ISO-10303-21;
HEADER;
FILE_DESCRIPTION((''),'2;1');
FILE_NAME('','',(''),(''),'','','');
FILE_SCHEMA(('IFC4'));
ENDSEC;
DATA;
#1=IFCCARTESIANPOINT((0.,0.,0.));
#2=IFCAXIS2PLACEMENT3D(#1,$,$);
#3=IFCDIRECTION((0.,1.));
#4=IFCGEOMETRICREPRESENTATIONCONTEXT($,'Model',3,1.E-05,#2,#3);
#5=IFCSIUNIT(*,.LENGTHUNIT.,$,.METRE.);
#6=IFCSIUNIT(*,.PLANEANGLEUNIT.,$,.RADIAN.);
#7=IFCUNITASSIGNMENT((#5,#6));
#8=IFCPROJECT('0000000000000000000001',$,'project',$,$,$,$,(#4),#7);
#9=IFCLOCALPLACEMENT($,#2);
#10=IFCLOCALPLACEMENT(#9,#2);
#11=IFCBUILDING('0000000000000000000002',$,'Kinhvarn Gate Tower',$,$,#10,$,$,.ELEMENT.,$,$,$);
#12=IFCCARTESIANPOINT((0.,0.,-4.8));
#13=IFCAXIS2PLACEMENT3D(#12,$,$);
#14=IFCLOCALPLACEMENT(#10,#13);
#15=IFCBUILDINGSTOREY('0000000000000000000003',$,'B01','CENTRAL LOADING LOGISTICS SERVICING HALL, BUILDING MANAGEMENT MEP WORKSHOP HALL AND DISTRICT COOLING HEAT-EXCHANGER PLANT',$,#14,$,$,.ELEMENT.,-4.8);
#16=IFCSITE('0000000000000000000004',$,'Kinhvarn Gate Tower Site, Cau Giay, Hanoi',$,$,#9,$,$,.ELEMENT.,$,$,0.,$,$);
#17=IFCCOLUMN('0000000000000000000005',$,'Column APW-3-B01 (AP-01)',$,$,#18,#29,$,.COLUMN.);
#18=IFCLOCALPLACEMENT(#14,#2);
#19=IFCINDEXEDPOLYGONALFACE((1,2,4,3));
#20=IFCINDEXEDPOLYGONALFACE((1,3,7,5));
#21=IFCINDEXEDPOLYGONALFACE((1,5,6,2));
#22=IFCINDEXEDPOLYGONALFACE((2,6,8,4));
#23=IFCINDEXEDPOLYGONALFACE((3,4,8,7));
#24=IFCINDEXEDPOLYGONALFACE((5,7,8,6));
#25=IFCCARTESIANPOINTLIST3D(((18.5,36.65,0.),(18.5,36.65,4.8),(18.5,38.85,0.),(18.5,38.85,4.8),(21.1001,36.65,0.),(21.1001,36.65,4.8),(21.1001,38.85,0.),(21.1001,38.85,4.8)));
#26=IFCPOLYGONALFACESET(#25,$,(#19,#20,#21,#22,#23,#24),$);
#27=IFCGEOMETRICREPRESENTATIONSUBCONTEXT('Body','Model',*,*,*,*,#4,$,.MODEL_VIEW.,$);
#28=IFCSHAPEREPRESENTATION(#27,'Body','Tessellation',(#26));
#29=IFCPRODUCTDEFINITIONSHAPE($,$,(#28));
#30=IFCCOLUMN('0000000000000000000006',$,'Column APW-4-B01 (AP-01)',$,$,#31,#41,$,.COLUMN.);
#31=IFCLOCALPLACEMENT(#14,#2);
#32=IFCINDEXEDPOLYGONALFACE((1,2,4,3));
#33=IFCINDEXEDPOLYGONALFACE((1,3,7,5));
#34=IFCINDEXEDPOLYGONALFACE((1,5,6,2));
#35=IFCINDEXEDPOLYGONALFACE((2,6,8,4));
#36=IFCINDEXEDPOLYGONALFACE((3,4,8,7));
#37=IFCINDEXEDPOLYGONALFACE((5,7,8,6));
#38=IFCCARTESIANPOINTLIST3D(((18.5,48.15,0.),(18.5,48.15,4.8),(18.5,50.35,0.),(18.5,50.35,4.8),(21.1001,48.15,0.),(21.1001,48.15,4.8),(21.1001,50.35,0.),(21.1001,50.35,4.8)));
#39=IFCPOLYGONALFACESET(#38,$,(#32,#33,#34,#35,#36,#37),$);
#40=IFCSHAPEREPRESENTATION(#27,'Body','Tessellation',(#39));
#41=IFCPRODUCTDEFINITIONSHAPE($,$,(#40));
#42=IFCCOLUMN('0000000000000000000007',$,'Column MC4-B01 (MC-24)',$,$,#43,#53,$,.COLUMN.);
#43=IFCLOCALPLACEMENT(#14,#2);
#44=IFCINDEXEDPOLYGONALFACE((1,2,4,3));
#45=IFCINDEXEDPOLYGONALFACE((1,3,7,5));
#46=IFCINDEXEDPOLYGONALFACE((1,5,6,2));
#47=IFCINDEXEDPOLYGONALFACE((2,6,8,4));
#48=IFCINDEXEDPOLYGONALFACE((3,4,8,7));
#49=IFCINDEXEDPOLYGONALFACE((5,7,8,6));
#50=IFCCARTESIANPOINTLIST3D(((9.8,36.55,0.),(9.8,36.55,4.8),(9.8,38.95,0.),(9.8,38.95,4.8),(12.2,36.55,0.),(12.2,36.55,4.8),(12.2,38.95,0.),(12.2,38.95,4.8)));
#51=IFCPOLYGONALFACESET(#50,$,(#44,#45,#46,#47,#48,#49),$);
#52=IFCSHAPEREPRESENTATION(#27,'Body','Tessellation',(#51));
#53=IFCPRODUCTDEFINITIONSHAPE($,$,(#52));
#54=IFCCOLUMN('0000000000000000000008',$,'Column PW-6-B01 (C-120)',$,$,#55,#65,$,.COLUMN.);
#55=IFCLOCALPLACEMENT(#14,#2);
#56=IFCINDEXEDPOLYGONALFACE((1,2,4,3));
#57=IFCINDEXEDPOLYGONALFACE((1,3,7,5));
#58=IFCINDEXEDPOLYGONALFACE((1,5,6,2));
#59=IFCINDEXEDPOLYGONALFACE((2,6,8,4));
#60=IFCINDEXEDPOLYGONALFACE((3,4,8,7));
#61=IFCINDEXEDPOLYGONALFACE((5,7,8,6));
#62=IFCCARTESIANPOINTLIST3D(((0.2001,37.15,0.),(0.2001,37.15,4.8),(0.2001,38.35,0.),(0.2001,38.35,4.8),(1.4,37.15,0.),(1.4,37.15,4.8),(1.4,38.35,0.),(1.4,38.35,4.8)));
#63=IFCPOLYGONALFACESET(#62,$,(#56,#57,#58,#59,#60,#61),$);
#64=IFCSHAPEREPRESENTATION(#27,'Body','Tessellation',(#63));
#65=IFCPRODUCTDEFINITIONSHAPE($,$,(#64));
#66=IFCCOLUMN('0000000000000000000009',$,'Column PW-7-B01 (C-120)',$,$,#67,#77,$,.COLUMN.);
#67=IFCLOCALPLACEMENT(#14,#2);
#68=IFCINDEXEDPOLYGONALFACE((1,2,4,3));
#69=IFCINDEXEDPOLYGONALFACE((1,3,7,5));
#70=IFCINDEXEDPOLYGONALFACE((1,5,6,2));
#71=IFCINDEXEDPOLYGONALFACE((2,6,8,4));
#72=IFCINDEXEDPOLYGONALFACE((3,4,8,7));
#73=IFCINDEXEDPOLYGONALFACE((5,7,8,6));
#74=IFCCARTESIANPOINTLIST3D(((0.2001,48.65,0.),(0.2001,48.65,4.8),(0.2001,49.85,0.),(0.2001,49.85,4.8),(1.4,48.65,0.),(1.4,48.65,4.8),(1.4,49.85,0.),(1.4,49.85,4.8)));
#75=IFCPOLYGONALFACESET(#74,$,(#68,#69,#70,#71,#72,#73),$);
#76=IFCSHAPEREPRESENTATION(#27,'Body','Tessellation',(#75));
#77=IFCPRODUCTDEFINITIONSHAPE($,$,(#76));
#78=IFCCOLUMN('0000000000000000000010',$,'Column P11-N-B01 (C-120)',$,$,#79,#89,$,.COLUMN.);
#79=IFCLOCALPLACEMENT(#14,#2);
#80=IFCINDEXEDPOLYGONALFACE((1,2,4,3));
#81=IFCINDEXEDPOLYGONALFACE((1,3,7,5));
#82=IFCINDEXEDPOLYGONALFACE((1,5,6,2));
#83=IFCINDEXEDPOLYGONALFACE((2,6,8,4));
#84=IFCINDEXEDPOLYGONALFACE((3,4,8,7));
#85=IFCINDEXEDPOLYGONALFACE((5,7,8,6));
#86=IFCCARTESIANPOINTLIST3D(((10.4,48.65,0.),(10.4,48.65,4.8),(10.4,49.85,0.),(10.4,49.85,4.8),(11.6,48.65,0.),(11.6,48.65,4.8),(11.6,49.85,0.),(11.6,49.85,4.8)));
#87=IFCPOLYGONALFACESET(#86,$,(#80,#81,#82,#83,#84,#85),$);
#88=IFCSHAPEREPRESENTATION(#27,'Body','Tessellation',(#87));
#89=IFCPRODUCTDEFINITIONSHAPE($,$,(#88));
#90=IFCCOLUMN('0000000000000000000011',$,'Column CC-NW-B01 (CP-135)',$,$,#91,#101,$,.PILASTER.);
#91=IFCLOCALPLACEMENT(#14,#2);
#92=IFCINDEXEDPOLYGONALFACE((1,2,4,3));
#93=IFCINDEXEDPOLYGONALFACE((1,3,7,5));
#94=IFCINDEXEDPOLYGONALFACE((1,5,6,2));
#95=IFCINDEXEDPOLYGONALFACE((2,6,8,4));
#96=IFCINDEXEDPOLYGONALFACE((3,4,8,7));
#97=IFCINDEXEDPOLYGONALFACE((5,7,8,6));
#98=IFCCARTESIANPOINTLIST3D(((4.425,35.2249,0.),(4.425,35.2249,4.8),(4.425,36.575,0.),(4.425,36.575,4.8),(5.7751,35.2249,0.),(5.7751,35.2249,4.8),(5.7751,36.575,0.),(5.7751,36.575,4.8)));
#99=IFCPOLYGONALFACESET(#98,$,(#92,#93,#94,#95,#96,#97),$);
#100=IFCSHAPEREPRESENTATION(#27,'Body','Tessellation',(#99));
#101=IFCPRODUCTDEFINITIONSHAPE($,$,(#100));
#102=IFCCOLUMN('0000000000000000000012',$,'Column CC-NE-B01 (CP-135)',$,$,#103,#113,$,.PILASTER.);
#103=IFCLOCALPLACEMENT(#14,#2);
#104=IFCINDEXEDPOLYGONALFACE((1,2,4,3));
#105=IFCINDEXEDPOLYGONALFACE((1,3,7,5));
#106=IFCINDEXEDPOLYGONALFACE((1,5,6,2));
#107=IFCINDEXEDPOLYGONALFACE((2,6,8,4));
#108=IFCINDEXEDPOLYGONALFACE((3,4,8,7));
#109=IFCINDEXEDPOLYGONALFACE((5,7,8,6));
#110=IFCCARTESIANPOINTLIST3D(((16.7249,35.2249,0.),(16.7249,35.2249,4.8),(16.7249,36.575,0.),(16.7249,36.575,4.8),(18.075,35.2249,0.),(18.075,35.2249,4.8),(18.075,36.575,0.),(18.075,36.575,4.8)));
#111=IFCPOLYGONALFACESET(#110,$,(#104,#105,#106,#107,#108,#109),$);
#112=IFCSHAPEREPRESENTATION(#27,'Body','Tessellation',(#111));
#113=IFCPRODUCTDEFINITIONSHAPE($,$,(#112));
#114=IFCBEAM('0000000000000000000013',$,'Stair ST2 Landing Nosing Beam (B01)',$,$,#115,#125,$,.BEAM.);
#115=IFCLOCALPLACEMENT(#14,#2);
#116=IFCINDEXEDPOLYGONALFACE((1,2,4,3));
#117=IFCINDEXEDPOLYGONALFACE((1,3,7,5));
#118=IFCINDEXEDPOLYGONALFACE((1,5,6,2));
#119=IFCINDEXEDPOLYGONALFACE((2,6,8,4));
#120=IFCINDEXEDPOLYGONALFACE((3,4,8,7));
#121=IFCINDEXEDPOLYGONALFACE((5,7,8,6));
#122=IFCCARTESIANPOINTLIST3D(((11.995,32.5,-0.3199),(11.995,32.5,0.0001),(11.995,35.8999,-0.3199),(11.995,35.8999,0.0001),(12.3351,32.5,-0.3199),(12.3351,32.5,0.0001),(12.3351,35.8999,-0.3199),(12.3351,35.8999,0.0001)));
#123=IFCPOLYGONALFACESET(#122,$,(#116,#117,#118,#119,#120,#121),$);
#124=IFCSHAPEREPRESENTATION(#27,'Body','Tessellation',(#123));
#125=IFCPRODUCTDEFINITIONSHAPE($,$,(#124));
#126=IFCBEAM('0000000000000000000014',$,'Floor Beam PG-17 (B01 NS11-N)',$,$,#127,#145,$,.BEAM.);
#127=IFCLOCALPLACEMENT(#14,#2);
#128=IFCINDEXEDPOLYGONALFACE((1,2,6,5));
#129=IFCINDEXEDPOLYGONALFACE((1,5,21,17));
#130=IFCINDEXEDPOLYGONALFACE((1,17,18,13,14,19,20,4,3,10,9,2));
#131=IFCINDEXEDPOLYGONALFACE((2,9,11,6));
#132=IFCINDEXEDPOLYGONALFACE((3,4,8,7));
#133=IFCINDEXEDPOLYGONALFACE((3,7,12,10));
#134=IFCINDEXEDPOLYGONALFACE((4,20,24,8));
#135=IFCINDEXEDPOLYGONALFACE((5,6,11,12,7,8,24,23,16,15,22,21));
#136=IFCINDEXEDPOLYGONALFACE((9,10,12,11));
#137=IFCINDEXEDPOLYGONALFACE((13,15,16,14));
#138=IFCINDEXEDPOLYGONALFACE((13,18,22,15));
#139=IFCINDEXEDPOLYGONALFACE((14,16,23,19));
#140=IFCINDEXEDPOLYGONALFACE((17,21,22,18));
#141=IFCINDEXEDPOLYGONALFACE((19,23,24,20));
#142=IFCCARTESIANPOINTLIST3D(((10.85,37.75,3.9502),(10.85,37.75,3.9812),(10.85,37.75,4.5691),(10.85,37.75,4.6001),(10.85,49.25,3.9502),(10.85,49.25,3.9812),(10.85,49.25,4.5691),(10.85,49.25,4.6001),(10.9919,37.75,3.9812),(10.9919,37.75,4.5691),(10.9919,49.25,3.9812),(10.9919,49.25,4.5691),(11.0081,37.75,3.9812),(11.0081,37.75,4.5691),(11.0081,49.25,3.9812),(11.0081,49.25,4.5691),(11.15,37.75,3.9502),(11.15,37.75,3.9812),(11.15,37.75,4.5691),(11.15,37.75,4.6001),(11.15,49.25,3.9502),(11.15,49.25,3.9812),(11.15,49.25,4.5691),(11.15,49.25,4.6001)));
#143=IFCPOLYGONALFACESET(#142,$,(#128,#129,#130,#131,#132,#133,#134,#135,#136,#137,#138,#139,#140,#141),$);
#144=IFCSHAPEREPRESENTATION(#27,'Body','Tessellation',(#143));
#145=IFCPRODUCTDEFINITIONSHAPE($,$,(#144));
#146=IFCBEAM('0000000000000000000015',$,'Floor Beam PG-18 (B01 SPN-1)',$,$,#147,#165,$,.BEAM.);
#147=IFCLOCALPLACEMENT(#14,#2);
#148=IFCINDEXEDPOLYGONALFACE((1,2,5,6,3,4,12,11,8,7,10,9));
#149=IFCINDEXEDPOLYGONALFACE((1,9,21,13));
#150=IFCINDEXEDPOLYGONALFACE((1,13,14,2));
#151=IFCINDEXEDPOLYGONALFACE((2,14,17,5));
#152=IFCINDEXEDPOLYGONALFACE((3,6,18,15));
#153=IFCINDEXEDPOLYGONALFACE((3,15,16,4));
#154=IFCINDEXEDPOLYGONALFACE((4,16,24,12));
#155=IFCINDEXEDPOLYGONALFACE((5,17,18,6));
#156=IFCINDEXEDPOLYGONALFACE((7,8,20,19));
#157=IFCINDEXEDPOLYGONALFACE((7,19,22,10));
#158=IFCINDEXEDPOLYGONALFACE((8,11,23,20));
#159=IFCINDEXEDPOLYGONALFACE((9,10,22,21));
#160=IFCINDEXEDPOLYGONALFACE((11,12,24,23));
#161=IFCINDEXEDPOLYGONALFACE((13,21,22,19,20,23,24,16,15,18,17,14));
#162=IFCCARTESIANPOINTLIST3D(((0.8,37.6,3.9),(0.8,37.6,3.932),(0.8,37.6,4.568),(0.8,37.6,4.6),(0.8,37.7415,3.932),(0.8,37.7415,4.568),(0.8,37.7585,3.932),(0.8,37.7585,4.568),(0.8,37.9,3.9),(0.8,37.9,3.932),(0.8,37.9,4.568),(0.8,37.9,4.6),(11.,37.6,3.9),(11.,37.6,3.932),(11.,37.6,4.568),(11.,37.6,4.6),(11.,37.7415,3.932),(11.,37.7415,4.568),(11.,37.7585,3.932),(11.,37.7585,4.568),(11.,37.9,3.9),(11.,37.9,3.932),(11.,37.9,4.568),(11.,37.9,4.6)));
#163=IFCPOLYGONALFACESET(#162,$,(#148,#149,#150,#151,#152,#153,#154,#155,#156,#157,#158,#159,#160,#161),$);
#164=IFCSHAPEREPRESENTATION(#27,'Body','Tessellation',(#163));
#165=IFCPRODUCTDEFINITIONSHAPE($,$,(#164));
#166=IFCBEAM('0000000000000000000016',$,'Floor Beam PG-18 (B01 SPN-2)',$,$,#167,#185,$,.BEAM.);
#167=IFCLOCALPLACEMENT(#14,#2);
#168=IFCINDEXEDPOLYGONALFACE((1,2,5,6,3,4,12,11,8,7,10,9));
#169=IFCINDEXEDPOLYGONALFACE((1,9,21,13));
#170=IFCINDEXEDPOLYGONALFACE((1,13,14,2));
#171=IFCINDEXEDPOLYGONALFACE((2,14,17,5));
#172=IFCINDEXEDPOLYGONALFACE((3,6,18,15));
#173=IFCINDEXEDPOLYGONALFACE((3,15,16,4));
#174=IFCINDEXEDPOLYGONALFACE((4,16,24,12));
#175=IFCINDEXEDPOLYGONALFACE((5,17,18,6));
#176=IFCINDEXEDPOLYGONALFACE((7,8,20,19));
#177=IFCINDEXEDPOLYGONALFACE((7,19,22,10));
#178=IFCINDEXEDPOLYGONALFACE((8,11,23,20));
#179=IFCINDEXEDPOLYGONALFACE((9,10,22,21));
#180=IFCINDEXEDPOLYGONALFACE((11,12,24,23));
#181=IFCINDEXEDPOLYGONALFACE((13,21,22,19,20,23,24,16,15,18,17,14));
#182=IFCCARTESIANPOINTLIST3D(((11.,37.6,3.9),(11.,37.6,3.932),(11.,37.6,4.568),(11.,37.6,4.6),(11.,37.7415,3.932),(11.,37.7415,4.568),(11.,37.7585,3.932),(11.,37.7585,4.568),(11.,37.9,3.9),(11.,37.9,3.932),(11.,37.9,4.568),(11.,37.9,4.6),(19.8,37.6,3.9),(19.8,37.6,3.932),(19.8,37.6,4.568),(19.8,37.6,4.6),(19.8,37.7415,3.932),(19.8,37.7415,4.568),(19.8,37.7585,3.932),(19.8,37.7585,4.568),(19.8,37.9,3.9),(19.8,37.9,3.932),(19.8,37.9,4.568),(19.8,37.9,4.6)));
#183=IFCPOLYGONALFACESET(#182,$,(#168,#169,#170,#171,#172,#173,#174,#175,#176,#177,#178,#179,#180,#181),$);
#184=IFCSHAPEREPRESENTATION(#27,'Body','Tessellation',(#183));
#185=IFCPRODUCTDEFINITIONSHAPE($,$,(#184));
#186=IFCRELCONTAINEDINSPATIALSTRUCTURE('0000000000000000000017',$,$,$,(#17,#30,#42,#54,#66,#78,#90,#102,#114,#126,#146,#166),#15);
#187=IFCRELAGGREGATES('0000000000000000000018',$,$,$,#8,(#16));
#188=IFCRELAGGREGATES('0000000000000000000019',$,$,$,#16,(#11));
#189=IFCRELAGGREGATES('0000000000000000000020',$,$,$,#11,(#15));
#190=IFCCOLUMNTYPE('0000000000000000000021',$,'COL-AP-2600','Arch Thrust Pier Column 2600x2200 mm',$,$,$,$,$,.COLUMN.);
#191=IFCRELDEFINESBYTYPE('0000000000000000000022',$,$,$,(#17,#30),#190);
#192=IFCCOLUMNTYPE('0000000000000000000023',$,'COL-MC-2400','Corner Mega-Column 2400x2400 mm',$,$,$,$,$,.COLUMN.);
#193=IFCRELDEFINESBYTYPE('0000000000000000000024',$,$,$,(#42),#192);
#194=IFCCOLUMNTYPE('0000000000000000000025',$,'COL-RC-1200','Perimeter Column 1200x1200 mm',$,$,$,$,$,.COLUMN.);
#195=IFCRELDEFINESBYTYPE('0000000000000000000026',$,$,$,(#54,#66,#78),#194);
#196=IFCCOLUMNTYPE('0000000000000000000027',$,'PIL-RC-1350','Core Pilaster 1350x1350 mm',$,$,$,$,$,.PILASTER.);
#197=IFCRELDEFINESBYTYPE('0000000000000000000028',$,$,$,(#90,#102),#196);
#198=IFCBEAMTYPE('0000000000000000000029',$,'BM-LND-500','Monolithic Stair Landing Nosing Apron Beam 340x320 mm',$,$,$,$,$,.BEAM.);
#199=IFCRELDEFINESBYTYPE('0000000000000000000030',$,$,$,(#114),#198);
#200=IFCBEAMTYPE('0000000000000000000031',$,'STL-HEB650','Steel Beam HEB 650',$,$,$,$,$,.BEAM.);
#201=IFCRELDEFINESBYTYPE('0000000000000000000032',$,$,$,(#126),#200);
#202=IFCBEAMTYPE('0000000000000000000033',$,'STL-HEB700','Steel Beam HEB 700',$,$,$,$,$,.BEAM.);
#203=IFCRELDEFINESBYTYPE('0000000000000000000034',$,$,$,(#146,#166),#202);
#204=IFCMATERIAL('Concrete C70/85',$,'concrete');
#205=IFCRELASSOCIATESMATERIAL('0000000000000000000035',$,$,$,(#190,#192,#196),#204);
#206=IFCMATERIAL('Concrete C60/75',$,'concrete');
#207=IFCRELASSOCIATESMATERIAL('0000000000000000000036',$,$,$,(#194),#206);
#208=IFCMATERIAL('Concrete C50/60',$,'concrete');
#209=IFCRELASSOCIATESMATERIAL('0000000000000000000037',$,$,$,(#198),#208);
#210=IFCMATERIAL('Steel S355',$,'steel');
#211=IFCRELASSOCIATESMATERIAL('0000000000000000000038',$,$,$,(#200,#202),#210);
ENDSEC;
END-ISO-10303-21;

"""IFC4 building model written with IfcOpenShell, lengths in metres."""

from ifc_helpers import new_model, si_unit, direction, frame, origin, origin_2d, place, context, subcontext, project, spatial, rectangle, i_section, extrude, material, material_profile, profile_set, type_object, element, save


model = new_model("IFC4")

# Units and contexts
model_context = context("Model", 3, precision=1e-05, world=origin(), true_north=direction((0.0, 1.0)))
body_context = subcontext(model_context, "Body", "Model", "MODEL_VIEW")
ifc_project = project(units=[si_unit("LENGTHUNIT", "METRE"), si_unit("PLANEANGLEUNIT", "RADIAN")], contexts=[model_context])

# Site, building, storey
site_placement = place(None, origin())
site = spatial("IfcSite", under=ifc_project, at=site_placement, Name="Kinhvarn Gate Tower Site, Cau Giay, Hanoi", CompositionType="ELEMENT", RefElevation=0.0)
building_placement = place(site_placement, origin())
building = spatial("IfcBuilding", under=site, at=building_placement, Name="Kinhvarn Gate Tower", CompositionType="ELEMENT")
storey_placement = place(building_placement, frame((0.0, 0.0, -4.8)))
storey = spatial("IfcBuildingStorey", under=building, at=storey_placement, Name="B01", Description="CENTRAL LOADING LOGISTICS SERVICING HALL, BUILDING MANAGEMENT MEP WORKSHOP HALL AND DISTRICT COOLING HEAT-EXCHANGER PLANT", CompositionType="ELEMENT", Elevation=-4.8)

# Columns
ifc_material_1 = material(Name="Concrete C70/85", Category="concrete")
ifc_material_profile_1 = material_profile(ifc_material_1, rectangle(XDim=2.6001, YDim=2.2, at=origin_2d()), Name="RC 2600x2200")
ifc_profile_set_1 = profile_set([ifc_material_profile_1], Name="Concrete C70/85")
column_type_1 = type_object("IfcColumnType", Name="COL-AP-2600", Description="Arch Thrust Pier Column 2600x2200 mm", PredefinedType="COLUMN", material=ifc_profile_set_1)
for number, where, z_axis, x_axis, name in (
    (1, (19.8, 37.75, 0.0), (0.0, 0.0, 1.0), (1.0, 0.0, 0.0), "Column APW-3-B01 (AP-01)"),
    (2, (19.8, 49.25, 0.0), (0.0, 0.0, 1.0), (1.0, 0.0, 0.0), "Column APW-4-B01 (AP-01)"),
):
    element("IfcColumn", number, at=place(storey_placement, frame(where, z_axis=z_axis, x_axis=x_axis)), inside=storey, type_object=column_type_1, Name=name, PredefinedType="COLUMN", context=body_context, shape_type="SweptSolid", body=[
        extrude(rectangle(XDim=2.6001, YDim=2.2, at=origin_2d()), origin(), (0.0, 0.0, 1.0), 4.8),
    ])
ifc_material_profile_2 = material_profile(ifc_material_1, rectangle(XDim=2.3999, YDim=2.3999, at=origin_2d()), Name="RC 2400x2400")
ifc_profile_set_2 = profile_set([ifc_material_profile_2], Name="Concrete C70/85")
column_type_2 = type_object("IfcColumnType", Name="COL-MC-2400", Description="Corner Mega-Column 2400x2400 mm", PredefinedType="COLUMN", material=ifc_profile_set_2)
column_placement = place(storey_placement, frame((11.0, 37.75, 0.0), z_axis=(0.0, 0.0, 1.0), x_axis=(1.0, 0.0, 0.0)))
element("IfcColumn", 3, at=column_placement, inside=storey, type_object=column_type_2, Name="Column MC4-B01 (MC-24)", PredefinedType="COLUMN", context=body_context, shape_type="SweptSolid", body=[
    extrude(rectangle(XDim=2.3999, YDim=2.3999, at=origin_2d()), origin(), (0.0, 0.0, 1.0), 4.8),
])
ifc_material_2 = material(Name="Concrete C60/75", Category="concrete")
ifc_material_profile_3 = material_profile(ifc_material_2, rectangle(XDim=1.2, YDim=1.2, at=origin_2d()), Name="RC 1200x1200")
ifc_profile_set_3 = profile_set([ifc_material_profile_3], Name="Concrete C60/75")
column_type_3 = type_object("IfcColumnType", Name="COL-RC-1200", Description="Perimeter Column 1200x1200 mm", PredefinedType="COLUMN", material=ifc_profile_set_3)
for number, where, z_axis, x_axis, name in (
    (4, (0.8, 37.75, 0.0), (0.0, 0.0, 1.0), (1.0, 0.0, 0.0), "Column PW-6-B01 (C-120)"),
    (5, (0.8, 49.25, 0.0), (0.0, 0.0, 1.0), (1.0, 0.0, 0.0), "Column PW-7-B01 (C-120)"),
    (6, (11.0, 49.25, 0.0), (0.0, 0.0, 1.0), (1.0, 0.0, 0.0), "Column P11-N-B01 (C-120)"),
):
    element("IfcColumn", number, at=place(storey_placement, frame(where, z_axis=z_axis, x_axis=x_axis)), inside=storey, type_object=column_type_3, Name=name, PredefinedType="COLUMN", context=body_context, shape_type="SweptSolid", body=[
        extrude(rectangle(XDim=1.2, YDim=1.2, at=origin_2d()), origin(), (0.0, 0.0, 1.0), 4.8),
    ])
ifc_material_profile_4 = material_profile(ifc_material_1, rectangle(XDim=1.3501, YDim=1.3501, at=origin_2d()), Name="RC 1350x1350")
ifc_profile_set_4 = profile_set([ifc_material_profile_4], Name="Concrete C70/85")
column_type_4 = type_object("IfcColumnType", Name="PIL-RC-1350", Description="Core Pilaster 1350x1350 mm", PredefinedType="PILASTER", material=ifc_profile_set_4)
for number, where, z_axis, x_axis, name in (
    (7, (5.1001, 35.8999, 0.0), (0.0, 0.0, 1.0), (1.0, 0.0, 0.0), "Column CC-NW-B01 (CP-135)"),
    (8, (17.3999, 35.8999, 0.0), (0.0, 0.0, 1.0), (1.0, 0.0, 0.0), "Column CC-NE-B01 (CP-135)"),
):
    element("IfcColumn", number, at=place(storey_placement, frame(where, z_axis=z_axis, x_axis=x_axis)), inside=storey, type_object=column_type_4, Name=name, PredefinedType="PILASTER", context=body_context, shape_type="SweptSolid", body=[
        extrude(rectangle(XDim=1.3501, YDim=1.3501, at=origin_2d()), origin(), (0.0, 0.0, 1.0), 4.8),
    ])

# Beams
ifc_material_3 = material(Name="Concrete C50/60", Category="concrete")
ifc_material_profile_5 = material_profile(ifc_material_3, rectangle(XDim=0.3401, YDim=0.3201, at=origin_2d()), Name="RC 340x320")
ifc_profile_set_5 = profile_set([ifc_material_profile_5], Name="Concrete C50/60")
beam_type_1 = type_object("IfcBeamType", Name="BM-LND-500", Description="Monolithic Stair Landing Nosing Apron Beam 340x320 mm", PredefinedType="BEAM", material=ifc_profile_set_5)
beam_1_placement = place(storey_placement, frame((12.165, 32.5, -0.1599), z_axis=(0.0, 1.0, 0.0), x_axis=(-1.0, 0.0, 0.0)))
element("IfcBeam", 9, at=beam_1_placement, inside=storey, type_object=beam_type_1, Name="Stair ST2 Landing Nosing Beam (B01)", PredefinedType="BEAM", context=body_context, shape_type="SweptSolid", body=[
    extrude(rectangle(XDim=0.3401, YDim=0.3201, at=origin_2d()), origin(), (0.0, 0.0, 1.0), 3.3999),
])
ifc_material_4 = material(Name="Steel S355", Category="steel")
ifc_material_profile_6 = material_profile(ifc_material_4, i_section(OverallWidth=0.3, OverallDepth=0.6499, WebThickness=0.0161, FlangeThickness=0.031, at=origin_2d()), Name="HEB 650")
ifc_profile_set_6 = profile_set([ifc_material_profile_6], Name="Steel S355")
beam_type_2 = type_object("IfcBeamType", Name="STL-HEB650", Description="Steel Beam HEB 650", PredefinedType="BEAM", material=ifc_profile_set_6)
beam_2_placement = place(storey_placement, frame((11.0, 37.75, 4.2751), z_axis=(0.0, 1.0, 0.0), x_axis=(-1.0, 0.0, 0.0)))
element("IfcBeam", 10, at=beam_2_placement, inside=storey, type_object=beam_type_2, Name="Floor Beam PG-17 (B01 NS11-N)", PredefinedType="BEAM", context=body_context, shape_type="SweptSolid", body=[
    extrude(i_section(OverallWidth=0.3, OverallDepth=0.6499, WebThickness=0.0161, FlangeThickness=0.031, at=origin_2d()), origin(), (0.0, 0.0, 1.0), 11.5),
])
ifc_material_profile_7 = material_profile(ifc_material_4, i_section(OverallWidth=0.3, OverallDepth=0.7, WebThickness=0.0171, FlangeThickness=0.032, at=origin_2d()), Name="HEB 700")
ifc_profile_set_7 = profile_set([ifc_material_profile_7], Name="Steel S355")
beam_type_3 = type_object("IfcBeamType", Name="STL-HEB700", Description="Steel Beam HEB 700", PredefinedType="BEAM", material=ifc_profile_set_7)
beam_3_placement = place(storey_placement, frame((0.8, 37.75, 4.25), z_axis=(1.0, 0.0, 0.0), x_axis=(0.0, 1.0, 0.0)))
element("IfcBeam", 11, at=beam_3_placement, inside=storey, type_object=beam_type_3, Name="Floor Beam PG-18 (B01 SPN-1)", PredefinedType="BEAM", context=body_context, shape_type="SweptSolid", body=[
    extrude(i_section(OverallWidth=0.3, OverallDepth=0.7, WebThickness=0.0171, FlangeThickness=0.032, at=origin_2d()), origin(), (0.0, 0.0, 1.0), 10.2),
])
beam_4_placement = place(storey_placement, frame((11.0, 37.75, 4.25), z_axis=(1.0, 0.0, 0.0), x_axis=(0.0, 1.0, 0.0)))
element("IfcBeam", 12, at=beam_4_placement, inside=storey, type_object=beam_type_3, Name="Floor Beam PG-18 (B01 SPN-2)", PredefinedType="BEAM", context=body_context, shape_type="SweptSolid", body=[
    extrude(i_section(OverallWidth=0.3, OverallDepth=0.7, WebThickness=0.0171, FlangeThickness=0.032, at=origin_2d()), origin(), (0.0, 0.0, 1.0), 8.8),
])

save(model, "model.ifc")
